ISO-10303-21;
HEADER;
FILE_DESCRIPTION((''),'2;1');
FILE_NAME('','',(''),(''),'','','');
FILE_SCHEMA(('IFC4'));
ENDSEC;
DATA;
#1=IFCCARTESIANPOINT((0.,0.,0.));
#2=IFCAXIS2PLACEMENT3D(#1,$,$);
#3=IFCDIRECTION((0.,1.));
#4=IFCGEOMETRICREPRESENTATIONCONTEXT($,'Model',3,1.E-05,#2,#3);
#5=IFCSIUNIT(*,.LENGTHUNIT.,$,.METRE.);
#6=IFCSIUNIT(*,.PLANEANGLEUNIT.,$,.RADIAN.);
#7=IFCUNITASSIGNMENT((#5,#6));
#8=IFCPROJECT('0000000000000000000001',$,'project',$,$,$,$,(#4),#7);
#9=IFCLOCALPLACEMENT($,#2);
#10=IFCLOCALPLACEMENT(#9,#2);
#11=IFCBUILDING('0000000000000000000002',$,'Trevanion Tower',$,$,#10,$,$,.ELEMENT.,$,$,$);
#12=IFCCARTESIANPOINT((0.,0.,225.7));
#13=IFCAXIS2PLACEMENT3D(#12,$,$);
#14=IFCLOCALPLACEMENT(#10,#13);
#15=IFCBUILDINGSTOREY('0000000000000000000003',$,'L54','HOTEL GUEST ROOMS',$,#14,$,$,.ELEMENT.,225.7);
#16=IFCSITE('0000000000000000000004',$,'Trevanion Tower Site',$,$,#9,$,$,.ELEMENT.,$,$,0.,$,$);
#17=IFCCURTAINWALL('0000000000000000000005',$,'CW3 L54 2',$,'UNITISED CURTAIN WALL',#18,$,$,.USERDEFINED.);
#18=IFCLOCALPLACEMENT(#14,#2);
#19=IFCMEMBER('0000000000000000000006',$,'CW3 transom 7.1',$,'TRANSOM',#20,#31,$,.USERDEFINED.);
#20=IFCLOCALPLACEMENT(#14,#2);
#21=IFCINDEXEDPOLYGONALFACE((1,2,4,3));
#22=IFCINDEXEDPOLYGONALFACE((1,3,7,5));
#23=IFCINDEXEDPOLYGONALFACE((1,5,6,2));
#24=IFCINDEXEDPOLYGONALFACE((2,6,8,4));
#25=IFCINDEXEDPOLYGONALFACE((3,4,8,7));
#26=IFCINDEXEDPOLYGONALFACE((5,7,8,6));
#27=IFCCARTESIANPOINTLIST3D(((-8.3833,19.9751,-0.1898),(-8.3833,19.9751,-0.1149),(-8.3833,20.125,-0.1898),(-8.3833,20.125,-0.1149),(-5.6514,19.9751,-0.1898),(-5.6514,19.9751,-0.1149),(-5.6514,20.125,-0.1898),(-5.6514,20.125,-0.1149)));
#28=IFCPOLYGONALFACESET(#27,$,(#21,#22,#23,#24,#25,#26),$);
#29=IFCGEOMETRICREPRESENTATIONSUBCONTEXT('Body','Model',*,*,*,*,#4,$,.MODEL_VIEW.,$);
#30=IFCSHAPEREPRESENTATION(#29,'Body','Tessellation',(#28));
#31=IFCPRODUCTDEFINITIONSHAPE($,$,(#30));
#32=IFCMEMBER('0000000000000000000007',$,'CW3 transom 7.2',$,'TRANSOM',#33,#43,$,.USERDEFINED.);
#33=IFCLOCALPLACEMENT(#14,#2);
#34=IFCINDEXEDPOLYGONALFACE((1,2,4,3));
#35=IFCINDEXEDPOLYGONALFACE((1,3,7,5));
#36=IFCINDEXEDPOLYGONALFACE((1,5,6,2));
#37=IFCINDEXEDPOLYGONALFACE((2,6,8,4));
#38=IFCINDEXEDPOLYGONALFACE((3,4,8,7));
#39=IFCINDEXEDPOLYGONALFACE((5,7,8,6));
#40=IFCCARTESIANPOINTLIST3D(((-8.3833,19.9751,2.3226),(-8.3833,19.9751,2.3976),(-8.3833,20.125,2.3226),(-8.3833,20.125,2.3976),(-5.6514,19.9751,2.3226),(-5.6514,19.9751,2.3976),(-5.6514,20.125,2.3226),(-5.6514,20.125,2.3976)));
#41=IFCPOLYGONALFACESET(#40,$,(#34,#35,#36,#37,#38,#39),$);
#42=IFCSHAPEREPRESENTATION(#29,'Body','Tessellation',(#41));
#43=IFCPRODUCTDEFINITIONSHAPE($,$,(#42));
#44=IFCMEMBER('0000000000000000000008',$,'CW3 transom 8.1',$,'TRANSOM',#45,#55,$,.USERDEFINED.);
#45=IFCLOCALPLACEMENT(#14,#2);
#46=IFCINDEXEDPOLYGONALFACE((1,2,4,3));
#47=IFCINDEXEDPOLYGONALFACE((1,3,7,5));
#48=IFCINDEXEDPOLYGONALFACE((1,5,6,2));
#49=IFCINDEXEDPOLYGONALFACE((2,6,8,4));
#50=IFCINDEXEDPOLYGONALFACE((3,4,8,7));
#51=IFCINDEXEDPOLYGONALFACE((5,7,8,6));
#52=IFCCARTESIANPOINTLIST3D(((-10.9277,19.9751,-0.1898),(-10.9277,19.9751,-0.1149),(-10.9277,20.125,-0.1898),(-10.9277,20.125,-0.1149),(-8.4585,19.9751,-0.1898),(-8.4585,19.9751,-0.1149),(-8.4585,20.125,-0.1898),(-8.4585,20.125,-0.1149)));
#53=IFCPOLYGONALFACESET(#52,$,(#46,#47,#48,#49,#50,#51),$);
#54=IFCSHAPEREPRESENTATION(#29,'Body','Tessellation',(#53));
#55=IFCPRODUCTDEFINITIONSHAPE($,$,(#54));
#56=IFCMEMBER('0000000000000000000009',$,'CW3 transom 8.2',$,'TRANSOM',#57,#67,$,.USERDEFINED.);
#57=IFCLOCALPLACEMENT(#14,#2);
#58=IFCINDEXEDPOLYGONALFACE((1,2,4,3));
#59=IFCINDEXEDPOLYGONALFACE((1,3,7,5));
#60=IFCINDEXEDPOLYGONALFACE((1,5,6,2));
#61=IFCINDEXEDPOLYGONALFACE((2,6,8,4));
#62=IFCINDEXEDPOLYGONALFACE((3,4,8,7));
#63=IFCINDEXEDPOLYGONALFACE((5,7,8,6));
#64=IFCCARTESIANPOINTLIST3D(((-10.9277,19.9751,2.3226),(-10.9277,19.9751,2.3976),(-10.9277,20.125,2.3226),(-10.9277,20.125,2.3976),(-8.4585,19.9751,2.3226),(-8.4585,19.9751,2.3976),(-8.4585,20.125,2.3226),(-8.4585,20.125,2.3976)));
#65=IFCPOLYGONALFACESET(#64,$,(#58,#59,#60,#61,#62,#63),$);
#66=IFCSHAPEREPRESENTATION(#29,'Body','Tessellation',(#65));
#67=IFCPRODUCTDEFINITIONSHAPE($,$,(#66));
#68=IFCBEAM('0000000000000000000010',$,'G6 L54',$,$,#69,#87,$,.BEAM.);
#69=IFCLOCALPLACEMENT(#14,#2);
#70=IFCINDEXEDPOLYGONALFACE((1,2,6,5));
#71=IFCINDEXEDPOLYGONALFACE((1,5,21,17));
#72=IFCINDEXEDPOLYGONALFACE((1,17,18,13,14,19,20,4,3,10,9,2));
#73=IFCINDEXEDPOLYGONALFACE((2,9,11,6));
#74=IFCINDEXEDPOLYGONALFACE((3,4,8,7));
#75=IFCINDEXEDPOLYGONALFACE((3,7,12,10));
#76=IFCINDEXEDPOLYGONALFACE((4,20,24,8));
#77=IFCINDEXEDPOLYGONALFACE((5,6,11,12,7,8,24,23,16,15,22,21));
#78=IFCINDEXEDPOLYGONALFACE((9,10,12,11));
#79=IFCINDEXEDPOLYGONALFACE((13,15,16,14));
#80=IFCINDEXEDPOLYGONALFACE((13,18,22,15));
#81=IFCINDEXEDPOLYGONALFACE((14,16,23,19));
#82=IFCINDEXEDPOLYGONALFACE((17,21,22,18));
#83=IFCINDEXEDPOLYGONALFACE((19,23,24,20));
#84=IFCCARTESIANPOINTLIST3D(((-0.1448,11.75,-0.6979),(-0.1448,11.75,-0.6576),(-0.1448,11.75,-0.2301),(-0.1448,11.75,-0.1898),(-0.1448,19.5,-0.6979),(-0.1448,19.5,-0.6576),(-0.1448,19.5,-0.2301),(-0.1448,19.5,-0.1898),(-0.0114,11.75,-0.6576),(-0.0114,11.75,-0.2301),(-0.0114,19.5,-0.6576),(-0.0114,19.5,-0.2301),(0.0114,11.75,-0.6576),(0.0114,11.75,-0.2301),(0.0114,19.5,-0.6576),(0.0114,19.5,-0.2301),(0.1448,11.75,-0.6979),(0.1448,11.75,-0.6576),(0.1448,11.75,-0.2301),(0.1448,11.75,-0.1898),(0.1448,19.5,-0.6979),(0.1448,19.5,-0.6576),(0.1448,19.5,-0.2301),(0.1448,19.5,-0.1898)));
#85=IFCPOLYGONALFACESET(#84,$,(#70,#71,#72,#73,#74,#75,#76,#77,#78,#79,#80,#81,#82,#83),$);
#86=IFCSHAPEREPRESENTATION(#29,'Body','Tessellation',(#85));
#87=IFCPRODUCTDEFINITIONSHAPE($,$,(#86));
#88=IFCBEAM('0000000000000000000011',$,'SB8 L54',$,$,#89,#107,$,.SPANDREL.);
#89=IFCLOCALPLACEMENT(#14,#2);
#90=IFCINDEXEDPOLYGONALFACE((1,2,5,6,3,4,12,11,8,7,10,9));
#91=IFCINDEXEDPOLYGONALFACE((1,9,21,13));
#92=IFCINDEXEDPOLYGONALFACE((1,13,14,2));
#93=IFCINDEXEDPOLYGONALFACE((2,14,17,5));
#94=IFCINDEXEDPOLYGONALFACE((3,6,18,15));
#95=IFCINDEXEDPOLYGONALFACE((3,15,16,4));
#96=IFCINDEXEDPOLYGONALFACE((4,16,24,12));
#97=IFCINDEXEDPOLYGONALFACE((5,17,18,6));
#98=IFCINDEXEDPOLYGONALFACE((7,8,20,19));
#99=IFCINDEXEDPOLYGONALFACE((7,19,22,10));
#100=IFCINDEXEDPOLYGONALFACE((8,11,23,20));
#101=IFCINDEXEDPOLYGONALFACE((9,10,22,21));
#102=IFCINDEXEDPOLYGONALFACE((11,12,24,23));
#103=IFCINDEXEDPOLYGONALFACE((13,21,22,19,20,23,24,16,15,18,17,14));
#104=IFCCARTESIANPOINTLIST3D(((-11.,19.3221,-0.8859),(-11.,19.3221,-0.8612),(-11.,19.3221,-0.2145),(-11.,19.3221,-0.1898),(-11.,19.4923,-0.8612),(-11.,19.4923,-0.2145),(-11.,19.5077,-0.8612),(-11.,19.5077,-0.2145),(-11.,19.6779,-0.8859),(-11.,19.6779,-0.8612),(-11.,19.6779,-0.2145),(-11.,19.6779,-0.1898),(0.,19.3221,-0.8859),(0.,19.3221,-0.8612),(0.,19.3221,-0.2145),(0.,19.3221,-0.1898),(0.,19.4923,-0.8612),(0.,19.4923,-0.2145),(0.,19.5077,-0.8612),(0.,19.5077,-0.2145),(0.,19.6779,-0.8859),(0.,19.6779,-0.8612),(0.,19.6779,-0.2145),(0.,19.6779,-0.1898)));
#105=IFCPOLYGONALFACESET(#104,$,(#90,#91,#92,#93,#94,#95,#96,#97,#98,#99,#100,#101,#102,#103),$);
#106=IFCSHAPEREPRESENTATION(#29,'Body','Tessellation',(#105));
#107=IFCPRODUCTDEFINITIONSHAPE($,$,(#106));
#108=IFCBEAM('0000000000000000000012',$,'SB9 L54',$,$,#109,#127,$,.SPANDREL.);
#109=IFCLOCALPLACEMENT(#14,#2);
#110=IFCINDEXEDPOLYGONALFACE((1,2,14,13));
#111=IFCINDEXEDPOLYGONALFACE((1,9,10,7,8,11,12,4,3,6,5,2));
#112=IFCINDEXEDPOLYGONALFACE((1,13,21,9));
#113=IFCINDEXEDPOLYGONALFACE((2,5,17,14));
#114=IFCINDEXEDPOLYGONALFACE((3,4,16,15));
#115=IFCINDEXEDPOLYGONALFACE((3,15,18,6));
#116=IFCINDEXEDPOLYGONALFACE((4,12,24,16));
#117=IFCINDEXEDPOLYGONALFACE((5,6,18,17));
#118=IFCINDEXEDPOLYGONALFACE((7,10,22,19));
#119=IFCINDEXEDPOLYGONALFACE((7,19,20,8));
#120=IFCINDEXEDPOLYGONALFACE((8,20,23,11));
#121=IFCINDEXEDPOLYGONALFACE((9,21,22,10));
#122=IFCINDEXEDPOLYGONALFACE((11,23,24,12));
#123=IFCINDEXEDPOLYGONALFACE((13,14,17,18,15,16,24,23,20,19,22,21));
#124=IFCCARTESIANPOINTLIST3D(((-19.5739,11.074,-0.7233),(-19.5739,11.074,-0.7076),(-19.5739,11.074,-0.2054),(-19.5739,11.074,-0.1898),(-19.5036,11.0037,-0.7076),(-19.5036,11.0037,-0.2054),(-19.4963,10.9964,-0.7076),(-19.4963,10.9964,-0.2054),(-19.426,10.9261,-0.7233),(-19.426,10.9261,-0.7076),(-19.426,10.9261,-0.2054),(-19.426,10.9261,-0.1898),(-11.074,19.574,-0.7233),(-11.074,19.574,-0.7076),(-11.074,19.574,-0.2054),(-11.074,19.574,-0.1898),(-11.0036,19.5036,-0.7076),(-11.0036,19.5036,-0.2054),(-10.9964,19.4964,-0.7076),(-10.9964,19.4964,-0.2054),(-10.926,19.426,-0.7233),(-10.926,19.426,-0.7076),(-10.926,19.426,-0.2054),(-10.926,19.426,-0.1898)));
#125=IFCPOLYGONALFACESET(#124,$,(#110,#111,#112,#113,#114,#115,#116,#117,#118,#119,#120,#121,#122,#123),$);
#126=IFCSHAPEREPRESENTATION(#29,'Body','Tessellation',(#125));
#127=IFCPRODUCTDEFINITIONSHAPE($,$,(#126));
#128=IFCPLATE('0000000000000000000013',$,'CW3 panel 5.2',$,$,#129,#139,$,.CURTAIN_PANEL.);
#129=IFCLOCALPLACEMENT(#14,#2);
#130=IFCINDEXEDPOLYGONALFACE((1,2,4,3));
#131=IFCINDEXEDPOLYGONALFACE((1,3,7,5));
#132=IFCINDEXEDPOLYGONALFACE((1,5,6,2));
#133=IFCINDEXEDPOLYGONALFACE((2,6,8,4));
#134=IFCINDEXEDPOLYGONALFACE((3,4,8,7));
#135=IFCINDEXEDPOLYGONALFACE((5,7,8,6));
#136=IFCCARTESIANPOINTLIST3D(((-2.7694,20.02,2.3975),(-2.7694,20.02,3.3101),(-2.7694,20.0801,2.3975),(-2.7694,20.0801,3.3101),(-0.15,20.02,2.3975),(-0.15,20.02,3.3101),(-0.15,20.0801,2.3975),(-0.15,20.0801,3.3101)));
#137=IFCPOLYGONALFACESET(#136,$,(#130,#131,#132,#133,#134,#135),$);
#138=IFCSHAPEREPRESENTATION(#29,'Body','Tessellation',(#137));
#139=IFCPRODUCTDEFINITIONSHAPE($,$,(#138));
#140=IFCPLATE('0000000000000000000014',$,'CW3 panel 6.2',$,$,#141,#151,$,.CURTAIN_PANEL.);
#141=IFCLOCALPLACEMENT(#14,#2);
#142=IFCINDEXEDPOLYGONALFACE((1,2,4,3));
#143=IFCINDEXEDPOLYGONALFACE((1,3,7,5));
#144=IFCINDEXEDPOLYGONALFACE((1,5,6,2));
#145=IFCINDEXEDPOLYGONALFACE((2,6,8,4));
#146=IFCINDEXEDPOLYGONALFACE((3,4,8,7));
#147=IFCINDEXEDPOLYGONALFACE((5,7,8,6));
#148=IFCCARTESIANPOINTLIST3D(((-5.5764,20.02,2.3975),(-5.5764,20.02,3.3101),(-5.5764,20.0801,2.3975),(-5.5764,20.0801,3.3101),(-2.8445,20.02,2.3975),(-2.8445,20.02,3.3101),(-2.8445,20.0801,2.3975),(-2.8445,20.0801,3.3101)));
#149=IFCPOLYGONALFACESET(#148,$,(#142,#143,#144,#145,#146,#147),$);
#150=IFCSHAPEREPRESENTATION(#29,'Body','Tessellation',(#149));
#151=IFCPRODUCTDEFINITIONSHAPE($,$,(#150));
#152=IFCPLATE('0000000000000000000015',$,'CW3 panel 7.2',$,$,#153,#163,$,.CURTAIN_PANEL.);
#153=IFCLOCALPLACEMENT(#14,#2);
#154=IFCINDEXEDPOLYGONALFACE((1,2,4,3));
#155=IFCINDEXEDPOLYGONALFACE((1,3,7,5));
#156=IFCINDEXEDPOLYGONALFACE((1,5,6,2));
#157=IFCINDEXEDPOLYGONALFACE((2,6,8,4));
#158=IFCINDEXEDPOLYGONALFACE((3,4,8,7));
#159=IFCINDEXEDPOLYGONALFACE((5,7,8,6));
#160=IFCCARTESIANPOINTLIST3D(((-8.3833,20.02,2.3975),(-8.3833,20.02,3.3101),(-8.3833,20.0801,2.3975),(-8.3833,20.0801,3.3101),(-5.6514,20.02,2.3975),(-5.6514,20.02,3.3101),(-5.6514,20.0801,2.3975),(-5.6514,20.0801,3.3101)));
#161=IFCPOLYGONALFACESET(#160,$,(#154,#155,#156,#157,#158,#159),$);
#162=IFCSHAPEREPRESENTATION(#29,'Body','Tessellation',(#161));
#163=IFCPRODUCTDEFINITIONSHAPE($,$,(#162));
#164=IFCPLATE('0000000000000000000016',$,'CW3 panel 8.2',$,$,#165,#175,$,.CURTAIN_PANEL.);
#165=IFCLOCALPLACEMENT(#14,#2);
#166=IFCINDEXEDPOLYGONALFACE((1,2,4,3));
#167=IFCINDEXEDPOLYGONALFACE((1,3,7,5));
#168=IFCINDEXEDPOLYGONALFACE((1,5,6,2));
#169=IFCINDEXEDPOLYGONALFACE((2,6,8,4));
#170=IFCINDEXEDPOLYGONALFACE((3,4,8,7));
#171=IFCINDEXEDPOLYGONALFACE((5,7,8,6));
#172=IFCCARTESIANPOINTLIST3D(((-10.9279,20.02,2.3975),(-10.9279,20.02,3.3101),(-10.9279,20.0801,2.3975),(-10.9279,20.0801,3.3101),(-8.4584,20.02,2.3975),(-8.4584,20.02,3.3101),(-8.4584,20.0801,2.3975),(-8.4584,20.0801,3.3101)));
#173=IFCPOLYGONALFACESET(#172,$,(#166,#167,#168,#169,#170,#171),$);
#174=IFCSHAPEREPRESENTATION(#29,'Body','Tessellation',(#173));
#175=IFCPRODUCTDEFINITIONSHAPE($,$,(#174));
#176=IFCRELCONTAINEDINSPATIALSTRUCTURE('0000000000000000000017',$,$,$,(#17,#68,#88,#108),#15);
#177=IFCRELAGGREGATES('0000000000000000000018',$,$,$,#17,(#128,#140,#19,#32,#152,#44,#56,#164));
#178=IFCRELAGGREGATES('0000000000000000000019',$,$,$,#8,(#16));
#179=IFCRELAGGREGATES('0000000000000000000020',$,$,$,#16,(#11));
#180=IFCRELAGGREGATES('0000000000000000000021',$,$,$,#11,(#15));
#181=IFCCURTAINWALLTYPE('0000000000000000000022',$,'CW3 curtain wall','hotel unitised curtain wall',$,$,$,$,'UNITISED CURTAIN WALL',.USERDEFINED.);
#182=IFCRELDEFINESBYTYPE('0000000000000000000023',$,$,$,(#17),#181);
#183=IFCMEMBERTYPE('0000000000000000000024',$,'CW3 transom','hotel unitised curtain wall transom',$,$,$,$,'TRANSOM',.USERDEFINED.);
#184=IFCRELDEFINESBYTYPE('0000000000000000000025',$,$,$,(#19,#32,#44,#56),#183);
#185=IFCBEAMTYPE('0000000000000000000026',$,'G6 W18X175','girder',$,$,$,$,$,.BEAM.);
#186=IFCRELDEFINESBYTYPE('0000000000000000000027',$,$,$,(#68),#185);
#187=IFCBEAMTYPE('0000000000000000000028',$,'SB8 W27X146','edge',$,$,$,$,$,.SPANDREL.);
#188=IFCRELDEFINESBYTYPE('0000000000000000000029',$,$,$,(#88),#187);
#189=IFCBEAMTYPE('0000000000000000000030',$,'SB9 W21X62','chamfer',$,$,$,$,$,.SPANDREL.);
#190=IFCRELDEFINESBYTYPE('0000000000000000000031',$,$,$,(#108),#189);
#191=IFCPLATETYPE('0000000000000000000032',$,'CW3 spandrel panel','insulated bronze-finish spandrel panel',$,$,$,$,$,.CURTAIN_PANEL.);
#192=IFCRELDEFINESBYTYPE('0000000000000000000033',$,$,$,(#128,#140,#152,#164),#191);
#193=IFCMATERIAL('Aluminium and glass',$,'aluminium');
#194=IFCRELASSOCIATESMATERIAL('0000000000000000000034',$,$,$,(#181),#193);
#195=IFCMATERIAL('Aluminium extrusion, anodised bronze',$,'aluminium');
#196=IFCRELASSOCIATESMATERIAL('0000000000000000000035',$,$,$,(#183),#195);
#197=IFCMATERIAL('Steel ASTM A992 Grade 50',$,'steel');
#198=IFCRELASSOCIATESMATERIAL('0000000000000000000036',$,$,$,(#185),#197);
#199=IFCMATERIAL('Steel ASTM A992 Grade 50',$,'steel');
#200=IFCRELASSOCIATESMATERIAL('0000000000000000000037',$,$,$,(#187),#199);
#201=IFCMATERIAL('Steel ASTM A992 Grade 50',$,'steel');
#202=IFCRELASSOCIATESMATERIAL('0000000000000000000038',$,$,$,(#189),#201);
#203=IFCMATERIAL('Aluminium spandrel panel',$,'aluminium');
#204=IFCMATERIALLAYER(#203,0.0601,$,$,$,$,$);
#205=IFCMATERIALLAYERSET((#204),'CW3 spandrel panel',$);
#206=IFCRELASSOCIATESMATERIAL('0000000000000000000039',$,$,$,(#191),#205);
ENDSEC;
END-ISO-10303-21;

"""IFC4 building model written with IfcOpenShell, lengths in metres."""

from ifc_helpers import new_model, si_unit, direction, frame, origin, origin_2d, place, context, subcontext, project, spatial, rectangle, i_section, extrude, material, layer, layer_set, material_profile, profile_set, type_object, element, aggregate, save


model = new_model("IFC4")

# Units and contexts
model_context = context("Model", 3, precision=1e-05, world=origin(), true_north=direction((0.0, 1.0)))
body_context = subcontext(model_context, "Body", "Model", "MODEL_VIEW")
ifc_project = project(units=[si_unit("LENGTHUNIT", "METRE"), si_unit("PLANEANGLEUNIT", "RADIAN")], contexts=[model_context])

# Site, building, storey
site_placement = place(None, origin())
site = spatial("IfcSite", under=ifc_project, at=site_placement, Name="Trevanion Tower Site", CompositionType="ELEMENT", RefElevation=0.0)
building_placement = place(site_placement, origin())
building = spatial("IfcBuilding", under=site, at=building_placement, Name="Trevanion Tower", CompositionType="ELEMENT")
storey_placement = place(building_placement, frame((0.0, 0.0, 225.7)))
storey = spatial("IfcBuildingStorey", under=building, at=storey_placement, Name="L54", Description="HOTEL GUEST ROOMS", CompositionType="ELEMENT", Elevation=225.7)

# Curtain wall, members
ifc_material_1 = material(Name="Aluminium and glass", Category="aluminium")
curtain_wall_type = type_object("IfcCurtainWallType", Name="CW3 curtain wall", Description="hotel unitised curtain wall", ElementType="UNITISED CURTAIN WALL", PredefinedType="USERDEFINED", material=ifc_material_1)
curtain_wall_placement = place(storey_placement, origin())
curtain_wall = element("IfcCurtainWall", 1, at=curtain_wall_placement, inside=storey, type_object=curtain_wall_type, Name="CW3 L54 2", ObjectType="UNITISED CURTAIN WALL", PredefinedType="USERDEFINED")
ifc_material_2 = material(Name="Aluminium extrusion, anodised bronze", Category="aluminium")
ifc_material_profile_1 = material_profile(ifc_material_2, rectangle(XDim=0.1499, YDim=0.075, at=origin_2d()), Name="CW3 transom")
ifc_profile_set_1 = profile_set([ifc_material_profile_1], Name="Aluminium extrusion, anodised bronze")
member_type_1 = type_object("IfcMemberType", Name="CW3 transom", Description="hotel unitised curtain wall transom", ElementType="TRANSOM", PredefinedType="USERDEFINED", material=ifc_profile_set_1)
member_1_placement = place(storey_placement, frame((-5.6514, 20.05, -0.1523), z_axis=(-1.0, 0.0, 0.0), x_axis=(0.0, -1.0, 0.0)))
member_1 = element("IfcMember", 2, at=member_1_placement, type_object=member_type_1, Name="CW3 transom 7.1", ObjectType="TRANSOM", PredefinedType="USERDEFINED", context=body_context, shape_type="SweptSolid", body=[
    extrude(rectangle(XDim=0.1499, YDim=0.075, at=origin_2d()), origin(), (0.0, 0.0, 1.0), 2.7319),
])
member_2_placement = place(storey_placement, frame((-5.6514, 20.05, 2.3601), z_axis=(-1.0, 0.0, 0.0), x_axis=(0.0, -1.0, 0.0)))
member_2 = element("IfcMember", 3, at=member_2_placement, type_object=member_type_1, Name="CW3 transom 7.2", ObjectType="TRANSOM", PredefinedType="USERDEFINED", context=body_context, shape_type="SweptSolid", body=[
    extrude(rectangle(XDim=0.1499, YDim=0.075, at=origin_2d()), origin(), (0.0, 0.0, 1.0), 2.7319),
])
member_3_placement = place(storey_placement, frame((-8.4585, 20.05, -0.1523), z_axis=(-1.0, 0.0, 0.0), x_axis=(0.0, -1.0, 0.0)))
member_3 = element("IfcMember", 4, at=member_3_placement, type_object=member_type_1, Name="CW3 transom 8.1", ObjectType="TRANSOM", PredefinedType="USERDEFINED", context=body_context, shape_type="SweptSolid", body=[
    extrude(rectangle(XDim=0.1499, YDim=0.075, at=origin_2d()), origin(), (0.0, 0.0, 1.0), 2.4692),
])
member_4_placement = place(storey_placement, frame((-8.4585, 20.05, 2.3601), z_axis=(-1.0, 0.0, 0.0), x_axis=(0.0, -1.0, 0.0)))
member_4 = element("IfcMember", 5, at=member_4_placement, type_object=member_type_1, Name="CW3 transom 8.2", ObjectType="TRANSOM", PredefinedType="USERDEFINED", context=body_context, shape_type="SweptSolid", body=[
    extrude(rectangle(XDim=0.1499, YDim=0.075, at=origin_2d()), origin(), (0.0, 0.0, 1.0), 2.4692),
])

# Beams
ifc_material_3 = material(Name="Steel ASTM A992 Grade 50", Category="steel")
ifc_material_profile_2 = material_profile(ifc_material_3, i_section(OverallWidth=0.2896, OverallDepth=0.5081, WebThickness=0.0227, FlangeThickness=0.0403, at=origin_2d()), Name="W18X175")
ifc_profile_set_2 = profile_set([ifc_material_profile_2], Name="Steel ASTM A992 Grade 50")
beam_type_1 = type_object("IfcBeamType", Name="G6 W18X175", Description="girder", PredefinedType="BEAM", material=ifc_profile_set_2)
beam_1_placement = place(storey_placement, frame((0.0, 11.75, -0.4438), z_axis=(0.0, 1.0, 0.0), x_axis=(-1.0, 0.0, 0.0)))
element("IfcBeam", 6, at=beam_1_placement, inside=storey, type_object=beam_type_1, Name="G6 L54", PredefinedType="BEAM", context=body_context, shape_type="SweptSolid", body=[
    extrude(i_section(OverallWidth=0.2896, OverallDepth=0.5081, WebThickness=0.0227, FlangeThickness=0.0403, at=origin_2d()), origin(), (0.0, 0.0, 1.0), 7.75),
])
ifc_material_4 = material(Name="Steel ASTM A992 Grade 50", Category="steel")
ifc_material_profile_3 = material_profile(ifc_material_4, i_section(OverallWidth=0.3557, OverallDepth=0.696, WebThickness=0.0154, FlangeThickness=0.0247, at=origin_2d()), Name="W27X146")
ifc_profile_set_3 = profile_set([ifc_material_profile_3], Name="Steel ASTM A992 Grade 50")
beam_type_2 = type_object("IfcBeamType", Name="SB8 W27X146", Description="edge", PredefinedType="SPANDREL", material=ifc_profile_set_3)
beam_2_placement = place(storey_placement, frame((0.0, 19.5, -0.5378), z_axis=(-1.0, 0.0, 0.0), x_axis=(0.0, -1.0, 0.0)))
element("IfcBeam", 7, at=beam_2_placement, inside=storey, type_object=beam_type_2, Name="SB8 L54", PredefinedType="SPANDREL", context=body_context, shape_type="SweptSolid", body=[
    extrude(i_section(OverallWidth=0.3557, OverallDepth=0.696, WebThickness=0.0154, FlangeThickness=0.0247, at=origin_2d()), origin(), (0.0, 0.0, 1.0), 11.0),
])
ifc_material_5 = material(Name="Steel ASTM A992 Grade 50", Category="steel")
ifc_material_profile_4 = material_profile(ifc_material_5, i_section(OverallWidth=0.2092, OverallDepth=0.5334, WebThickness=0.0103, FlangeThickness=0.0156, at=origin_2d()), Name="W21X62")
ifc_profile_set_4 = profile_set([ifc_material_profile_4], Name="Steel ASTM A992 Grade 50")
beam_type_3 = type_object("IfcBeamType", Name="SB9 W21X62", Description="chamfer", PredefinedType="SPANDREL", material=ifc_profile_set_4)
beam_3_placement = place(storey_placement, frame((-11.0, 19.5, -0.4565), z_axis=(-0.707107, -0.707107, 0.0), x_axis=(0.707107, -0.707107, 0.0)))
element("IfcBeam", 8, at=beam_3_placement, inside=storey, type_object=beam_type_3, Name="SB9 L54", PredefinedType="SPANDREL", context=body_context, shape_type="SweptSolid", body=[
    extrude(i_section(OverallWidth=0.2092, OverallDepth=0.5334, WebThickness=0.0103, FlangeThickness=0.0156, at=origin_2d()), origin(), (0.0, 0.0, 1.0), 12.0208),
])

# Plates
ifc_material_6 = material(Name="Aluminium spandrel panel", Category="aluminium")
ifc_layer_1 = layer(ifc_material_6, 0.0601)
ifc_layer_set_1 = layer_set([ifc_layer_1], Name="CW3 spandrel panel")
plate_type_1 = type_object("IfcPlateType", Name="CW3 spandrel panel", Description="insulated bronze-finish spandrel panel", PredefinedType="CURTAIN_PANEL", material=ifc_layer_set_1)
plate_1_placement = place(storey_placement, frame((-1.4597, 20.05, 2.3975), z_axis=(0.0, 0.0, 1.0), x_axis=(-1.0, 0.0, 0.0)))
plate_1 = element("IfcPlate", 9, at=plate_1_placement, type_object=plate_type_1, Name="CW3 panel 5.2", PredefinedType="CURTAIN_PANEL", context=body_context, shape_type="SweptSolid", body=[
    extrude(rectangle(XDim=2.6194, YDim=0.0601, at=origin_2d()), origin(), (0.0, 0.0, 1.0), 0.9126),
])
plate_2_placement = place(storey_placement, frame((-4.2104, 20.05, 2.3975), z_axis=(0.0, 0.0, 1.0), x_axis=(-1.0, 0.0, 0.0)))
plate_2 = element("IfcPlate", 10, at=plate_2_placement, type_object=plate_type_1, Name="CW3 panel 6.2", PredefinedType="CURTAIN_PANEL", context=body_context, shape_type="SweptSolid", body=[
    extrude(rectangle(XDim=2.7319, YDim=0.0601, at=origin_2d()), origin(), (0.0, 0.0, 1.0), 0.9126),
])
plate_3_placement = place(storey_placement, frame((-7.0173, 20.05, 2.3975), z_axis=(0.0, 0.0, 1.0), x_axis=(-1.0, 0.0, 0.0)))
plate_3 = element("IfcPlate", 11, at=plate_3_placement, type_object=plate_type_1, Name="CW3 panel 7.2", PredefinedType="CURTAIN_PANEL", context=body_context, shape_type="SweptSolid", body=[
    extrude(rectangle(XDim=2.7319, YDim=0.0601, at=origin_2d()), origin(), (0.0, 0.0, 1.0), 0.9126),
])
plate_4_placement = place(storey_placement, frame((-9.6931, 20.05, 2.3975), z_axis=(0.0, 0.0, 1.0), x_axis=(-1.0, 0.0, 0.0)))
plate_4 = element("IfcPlate", 12, at=plate_4_placement, type_object=plate_type_1, Name="CW3 panel 8.2", PredefinedType="CURTAIN_PANEL", context=body_context, shape_type="SweptSolid", body=[
    extrude(rectangle(XDim=2.4695, YDim=0.0601, at=origin_2d()), origin(), (0.0, 0.0, 1.0), 0.9126),
])
aggregate(curtain_wall, [plate_1, plate_2, member_1, member_2, plate_3, member_3, member_4, plate_4])

save(model, "model.ifc")
